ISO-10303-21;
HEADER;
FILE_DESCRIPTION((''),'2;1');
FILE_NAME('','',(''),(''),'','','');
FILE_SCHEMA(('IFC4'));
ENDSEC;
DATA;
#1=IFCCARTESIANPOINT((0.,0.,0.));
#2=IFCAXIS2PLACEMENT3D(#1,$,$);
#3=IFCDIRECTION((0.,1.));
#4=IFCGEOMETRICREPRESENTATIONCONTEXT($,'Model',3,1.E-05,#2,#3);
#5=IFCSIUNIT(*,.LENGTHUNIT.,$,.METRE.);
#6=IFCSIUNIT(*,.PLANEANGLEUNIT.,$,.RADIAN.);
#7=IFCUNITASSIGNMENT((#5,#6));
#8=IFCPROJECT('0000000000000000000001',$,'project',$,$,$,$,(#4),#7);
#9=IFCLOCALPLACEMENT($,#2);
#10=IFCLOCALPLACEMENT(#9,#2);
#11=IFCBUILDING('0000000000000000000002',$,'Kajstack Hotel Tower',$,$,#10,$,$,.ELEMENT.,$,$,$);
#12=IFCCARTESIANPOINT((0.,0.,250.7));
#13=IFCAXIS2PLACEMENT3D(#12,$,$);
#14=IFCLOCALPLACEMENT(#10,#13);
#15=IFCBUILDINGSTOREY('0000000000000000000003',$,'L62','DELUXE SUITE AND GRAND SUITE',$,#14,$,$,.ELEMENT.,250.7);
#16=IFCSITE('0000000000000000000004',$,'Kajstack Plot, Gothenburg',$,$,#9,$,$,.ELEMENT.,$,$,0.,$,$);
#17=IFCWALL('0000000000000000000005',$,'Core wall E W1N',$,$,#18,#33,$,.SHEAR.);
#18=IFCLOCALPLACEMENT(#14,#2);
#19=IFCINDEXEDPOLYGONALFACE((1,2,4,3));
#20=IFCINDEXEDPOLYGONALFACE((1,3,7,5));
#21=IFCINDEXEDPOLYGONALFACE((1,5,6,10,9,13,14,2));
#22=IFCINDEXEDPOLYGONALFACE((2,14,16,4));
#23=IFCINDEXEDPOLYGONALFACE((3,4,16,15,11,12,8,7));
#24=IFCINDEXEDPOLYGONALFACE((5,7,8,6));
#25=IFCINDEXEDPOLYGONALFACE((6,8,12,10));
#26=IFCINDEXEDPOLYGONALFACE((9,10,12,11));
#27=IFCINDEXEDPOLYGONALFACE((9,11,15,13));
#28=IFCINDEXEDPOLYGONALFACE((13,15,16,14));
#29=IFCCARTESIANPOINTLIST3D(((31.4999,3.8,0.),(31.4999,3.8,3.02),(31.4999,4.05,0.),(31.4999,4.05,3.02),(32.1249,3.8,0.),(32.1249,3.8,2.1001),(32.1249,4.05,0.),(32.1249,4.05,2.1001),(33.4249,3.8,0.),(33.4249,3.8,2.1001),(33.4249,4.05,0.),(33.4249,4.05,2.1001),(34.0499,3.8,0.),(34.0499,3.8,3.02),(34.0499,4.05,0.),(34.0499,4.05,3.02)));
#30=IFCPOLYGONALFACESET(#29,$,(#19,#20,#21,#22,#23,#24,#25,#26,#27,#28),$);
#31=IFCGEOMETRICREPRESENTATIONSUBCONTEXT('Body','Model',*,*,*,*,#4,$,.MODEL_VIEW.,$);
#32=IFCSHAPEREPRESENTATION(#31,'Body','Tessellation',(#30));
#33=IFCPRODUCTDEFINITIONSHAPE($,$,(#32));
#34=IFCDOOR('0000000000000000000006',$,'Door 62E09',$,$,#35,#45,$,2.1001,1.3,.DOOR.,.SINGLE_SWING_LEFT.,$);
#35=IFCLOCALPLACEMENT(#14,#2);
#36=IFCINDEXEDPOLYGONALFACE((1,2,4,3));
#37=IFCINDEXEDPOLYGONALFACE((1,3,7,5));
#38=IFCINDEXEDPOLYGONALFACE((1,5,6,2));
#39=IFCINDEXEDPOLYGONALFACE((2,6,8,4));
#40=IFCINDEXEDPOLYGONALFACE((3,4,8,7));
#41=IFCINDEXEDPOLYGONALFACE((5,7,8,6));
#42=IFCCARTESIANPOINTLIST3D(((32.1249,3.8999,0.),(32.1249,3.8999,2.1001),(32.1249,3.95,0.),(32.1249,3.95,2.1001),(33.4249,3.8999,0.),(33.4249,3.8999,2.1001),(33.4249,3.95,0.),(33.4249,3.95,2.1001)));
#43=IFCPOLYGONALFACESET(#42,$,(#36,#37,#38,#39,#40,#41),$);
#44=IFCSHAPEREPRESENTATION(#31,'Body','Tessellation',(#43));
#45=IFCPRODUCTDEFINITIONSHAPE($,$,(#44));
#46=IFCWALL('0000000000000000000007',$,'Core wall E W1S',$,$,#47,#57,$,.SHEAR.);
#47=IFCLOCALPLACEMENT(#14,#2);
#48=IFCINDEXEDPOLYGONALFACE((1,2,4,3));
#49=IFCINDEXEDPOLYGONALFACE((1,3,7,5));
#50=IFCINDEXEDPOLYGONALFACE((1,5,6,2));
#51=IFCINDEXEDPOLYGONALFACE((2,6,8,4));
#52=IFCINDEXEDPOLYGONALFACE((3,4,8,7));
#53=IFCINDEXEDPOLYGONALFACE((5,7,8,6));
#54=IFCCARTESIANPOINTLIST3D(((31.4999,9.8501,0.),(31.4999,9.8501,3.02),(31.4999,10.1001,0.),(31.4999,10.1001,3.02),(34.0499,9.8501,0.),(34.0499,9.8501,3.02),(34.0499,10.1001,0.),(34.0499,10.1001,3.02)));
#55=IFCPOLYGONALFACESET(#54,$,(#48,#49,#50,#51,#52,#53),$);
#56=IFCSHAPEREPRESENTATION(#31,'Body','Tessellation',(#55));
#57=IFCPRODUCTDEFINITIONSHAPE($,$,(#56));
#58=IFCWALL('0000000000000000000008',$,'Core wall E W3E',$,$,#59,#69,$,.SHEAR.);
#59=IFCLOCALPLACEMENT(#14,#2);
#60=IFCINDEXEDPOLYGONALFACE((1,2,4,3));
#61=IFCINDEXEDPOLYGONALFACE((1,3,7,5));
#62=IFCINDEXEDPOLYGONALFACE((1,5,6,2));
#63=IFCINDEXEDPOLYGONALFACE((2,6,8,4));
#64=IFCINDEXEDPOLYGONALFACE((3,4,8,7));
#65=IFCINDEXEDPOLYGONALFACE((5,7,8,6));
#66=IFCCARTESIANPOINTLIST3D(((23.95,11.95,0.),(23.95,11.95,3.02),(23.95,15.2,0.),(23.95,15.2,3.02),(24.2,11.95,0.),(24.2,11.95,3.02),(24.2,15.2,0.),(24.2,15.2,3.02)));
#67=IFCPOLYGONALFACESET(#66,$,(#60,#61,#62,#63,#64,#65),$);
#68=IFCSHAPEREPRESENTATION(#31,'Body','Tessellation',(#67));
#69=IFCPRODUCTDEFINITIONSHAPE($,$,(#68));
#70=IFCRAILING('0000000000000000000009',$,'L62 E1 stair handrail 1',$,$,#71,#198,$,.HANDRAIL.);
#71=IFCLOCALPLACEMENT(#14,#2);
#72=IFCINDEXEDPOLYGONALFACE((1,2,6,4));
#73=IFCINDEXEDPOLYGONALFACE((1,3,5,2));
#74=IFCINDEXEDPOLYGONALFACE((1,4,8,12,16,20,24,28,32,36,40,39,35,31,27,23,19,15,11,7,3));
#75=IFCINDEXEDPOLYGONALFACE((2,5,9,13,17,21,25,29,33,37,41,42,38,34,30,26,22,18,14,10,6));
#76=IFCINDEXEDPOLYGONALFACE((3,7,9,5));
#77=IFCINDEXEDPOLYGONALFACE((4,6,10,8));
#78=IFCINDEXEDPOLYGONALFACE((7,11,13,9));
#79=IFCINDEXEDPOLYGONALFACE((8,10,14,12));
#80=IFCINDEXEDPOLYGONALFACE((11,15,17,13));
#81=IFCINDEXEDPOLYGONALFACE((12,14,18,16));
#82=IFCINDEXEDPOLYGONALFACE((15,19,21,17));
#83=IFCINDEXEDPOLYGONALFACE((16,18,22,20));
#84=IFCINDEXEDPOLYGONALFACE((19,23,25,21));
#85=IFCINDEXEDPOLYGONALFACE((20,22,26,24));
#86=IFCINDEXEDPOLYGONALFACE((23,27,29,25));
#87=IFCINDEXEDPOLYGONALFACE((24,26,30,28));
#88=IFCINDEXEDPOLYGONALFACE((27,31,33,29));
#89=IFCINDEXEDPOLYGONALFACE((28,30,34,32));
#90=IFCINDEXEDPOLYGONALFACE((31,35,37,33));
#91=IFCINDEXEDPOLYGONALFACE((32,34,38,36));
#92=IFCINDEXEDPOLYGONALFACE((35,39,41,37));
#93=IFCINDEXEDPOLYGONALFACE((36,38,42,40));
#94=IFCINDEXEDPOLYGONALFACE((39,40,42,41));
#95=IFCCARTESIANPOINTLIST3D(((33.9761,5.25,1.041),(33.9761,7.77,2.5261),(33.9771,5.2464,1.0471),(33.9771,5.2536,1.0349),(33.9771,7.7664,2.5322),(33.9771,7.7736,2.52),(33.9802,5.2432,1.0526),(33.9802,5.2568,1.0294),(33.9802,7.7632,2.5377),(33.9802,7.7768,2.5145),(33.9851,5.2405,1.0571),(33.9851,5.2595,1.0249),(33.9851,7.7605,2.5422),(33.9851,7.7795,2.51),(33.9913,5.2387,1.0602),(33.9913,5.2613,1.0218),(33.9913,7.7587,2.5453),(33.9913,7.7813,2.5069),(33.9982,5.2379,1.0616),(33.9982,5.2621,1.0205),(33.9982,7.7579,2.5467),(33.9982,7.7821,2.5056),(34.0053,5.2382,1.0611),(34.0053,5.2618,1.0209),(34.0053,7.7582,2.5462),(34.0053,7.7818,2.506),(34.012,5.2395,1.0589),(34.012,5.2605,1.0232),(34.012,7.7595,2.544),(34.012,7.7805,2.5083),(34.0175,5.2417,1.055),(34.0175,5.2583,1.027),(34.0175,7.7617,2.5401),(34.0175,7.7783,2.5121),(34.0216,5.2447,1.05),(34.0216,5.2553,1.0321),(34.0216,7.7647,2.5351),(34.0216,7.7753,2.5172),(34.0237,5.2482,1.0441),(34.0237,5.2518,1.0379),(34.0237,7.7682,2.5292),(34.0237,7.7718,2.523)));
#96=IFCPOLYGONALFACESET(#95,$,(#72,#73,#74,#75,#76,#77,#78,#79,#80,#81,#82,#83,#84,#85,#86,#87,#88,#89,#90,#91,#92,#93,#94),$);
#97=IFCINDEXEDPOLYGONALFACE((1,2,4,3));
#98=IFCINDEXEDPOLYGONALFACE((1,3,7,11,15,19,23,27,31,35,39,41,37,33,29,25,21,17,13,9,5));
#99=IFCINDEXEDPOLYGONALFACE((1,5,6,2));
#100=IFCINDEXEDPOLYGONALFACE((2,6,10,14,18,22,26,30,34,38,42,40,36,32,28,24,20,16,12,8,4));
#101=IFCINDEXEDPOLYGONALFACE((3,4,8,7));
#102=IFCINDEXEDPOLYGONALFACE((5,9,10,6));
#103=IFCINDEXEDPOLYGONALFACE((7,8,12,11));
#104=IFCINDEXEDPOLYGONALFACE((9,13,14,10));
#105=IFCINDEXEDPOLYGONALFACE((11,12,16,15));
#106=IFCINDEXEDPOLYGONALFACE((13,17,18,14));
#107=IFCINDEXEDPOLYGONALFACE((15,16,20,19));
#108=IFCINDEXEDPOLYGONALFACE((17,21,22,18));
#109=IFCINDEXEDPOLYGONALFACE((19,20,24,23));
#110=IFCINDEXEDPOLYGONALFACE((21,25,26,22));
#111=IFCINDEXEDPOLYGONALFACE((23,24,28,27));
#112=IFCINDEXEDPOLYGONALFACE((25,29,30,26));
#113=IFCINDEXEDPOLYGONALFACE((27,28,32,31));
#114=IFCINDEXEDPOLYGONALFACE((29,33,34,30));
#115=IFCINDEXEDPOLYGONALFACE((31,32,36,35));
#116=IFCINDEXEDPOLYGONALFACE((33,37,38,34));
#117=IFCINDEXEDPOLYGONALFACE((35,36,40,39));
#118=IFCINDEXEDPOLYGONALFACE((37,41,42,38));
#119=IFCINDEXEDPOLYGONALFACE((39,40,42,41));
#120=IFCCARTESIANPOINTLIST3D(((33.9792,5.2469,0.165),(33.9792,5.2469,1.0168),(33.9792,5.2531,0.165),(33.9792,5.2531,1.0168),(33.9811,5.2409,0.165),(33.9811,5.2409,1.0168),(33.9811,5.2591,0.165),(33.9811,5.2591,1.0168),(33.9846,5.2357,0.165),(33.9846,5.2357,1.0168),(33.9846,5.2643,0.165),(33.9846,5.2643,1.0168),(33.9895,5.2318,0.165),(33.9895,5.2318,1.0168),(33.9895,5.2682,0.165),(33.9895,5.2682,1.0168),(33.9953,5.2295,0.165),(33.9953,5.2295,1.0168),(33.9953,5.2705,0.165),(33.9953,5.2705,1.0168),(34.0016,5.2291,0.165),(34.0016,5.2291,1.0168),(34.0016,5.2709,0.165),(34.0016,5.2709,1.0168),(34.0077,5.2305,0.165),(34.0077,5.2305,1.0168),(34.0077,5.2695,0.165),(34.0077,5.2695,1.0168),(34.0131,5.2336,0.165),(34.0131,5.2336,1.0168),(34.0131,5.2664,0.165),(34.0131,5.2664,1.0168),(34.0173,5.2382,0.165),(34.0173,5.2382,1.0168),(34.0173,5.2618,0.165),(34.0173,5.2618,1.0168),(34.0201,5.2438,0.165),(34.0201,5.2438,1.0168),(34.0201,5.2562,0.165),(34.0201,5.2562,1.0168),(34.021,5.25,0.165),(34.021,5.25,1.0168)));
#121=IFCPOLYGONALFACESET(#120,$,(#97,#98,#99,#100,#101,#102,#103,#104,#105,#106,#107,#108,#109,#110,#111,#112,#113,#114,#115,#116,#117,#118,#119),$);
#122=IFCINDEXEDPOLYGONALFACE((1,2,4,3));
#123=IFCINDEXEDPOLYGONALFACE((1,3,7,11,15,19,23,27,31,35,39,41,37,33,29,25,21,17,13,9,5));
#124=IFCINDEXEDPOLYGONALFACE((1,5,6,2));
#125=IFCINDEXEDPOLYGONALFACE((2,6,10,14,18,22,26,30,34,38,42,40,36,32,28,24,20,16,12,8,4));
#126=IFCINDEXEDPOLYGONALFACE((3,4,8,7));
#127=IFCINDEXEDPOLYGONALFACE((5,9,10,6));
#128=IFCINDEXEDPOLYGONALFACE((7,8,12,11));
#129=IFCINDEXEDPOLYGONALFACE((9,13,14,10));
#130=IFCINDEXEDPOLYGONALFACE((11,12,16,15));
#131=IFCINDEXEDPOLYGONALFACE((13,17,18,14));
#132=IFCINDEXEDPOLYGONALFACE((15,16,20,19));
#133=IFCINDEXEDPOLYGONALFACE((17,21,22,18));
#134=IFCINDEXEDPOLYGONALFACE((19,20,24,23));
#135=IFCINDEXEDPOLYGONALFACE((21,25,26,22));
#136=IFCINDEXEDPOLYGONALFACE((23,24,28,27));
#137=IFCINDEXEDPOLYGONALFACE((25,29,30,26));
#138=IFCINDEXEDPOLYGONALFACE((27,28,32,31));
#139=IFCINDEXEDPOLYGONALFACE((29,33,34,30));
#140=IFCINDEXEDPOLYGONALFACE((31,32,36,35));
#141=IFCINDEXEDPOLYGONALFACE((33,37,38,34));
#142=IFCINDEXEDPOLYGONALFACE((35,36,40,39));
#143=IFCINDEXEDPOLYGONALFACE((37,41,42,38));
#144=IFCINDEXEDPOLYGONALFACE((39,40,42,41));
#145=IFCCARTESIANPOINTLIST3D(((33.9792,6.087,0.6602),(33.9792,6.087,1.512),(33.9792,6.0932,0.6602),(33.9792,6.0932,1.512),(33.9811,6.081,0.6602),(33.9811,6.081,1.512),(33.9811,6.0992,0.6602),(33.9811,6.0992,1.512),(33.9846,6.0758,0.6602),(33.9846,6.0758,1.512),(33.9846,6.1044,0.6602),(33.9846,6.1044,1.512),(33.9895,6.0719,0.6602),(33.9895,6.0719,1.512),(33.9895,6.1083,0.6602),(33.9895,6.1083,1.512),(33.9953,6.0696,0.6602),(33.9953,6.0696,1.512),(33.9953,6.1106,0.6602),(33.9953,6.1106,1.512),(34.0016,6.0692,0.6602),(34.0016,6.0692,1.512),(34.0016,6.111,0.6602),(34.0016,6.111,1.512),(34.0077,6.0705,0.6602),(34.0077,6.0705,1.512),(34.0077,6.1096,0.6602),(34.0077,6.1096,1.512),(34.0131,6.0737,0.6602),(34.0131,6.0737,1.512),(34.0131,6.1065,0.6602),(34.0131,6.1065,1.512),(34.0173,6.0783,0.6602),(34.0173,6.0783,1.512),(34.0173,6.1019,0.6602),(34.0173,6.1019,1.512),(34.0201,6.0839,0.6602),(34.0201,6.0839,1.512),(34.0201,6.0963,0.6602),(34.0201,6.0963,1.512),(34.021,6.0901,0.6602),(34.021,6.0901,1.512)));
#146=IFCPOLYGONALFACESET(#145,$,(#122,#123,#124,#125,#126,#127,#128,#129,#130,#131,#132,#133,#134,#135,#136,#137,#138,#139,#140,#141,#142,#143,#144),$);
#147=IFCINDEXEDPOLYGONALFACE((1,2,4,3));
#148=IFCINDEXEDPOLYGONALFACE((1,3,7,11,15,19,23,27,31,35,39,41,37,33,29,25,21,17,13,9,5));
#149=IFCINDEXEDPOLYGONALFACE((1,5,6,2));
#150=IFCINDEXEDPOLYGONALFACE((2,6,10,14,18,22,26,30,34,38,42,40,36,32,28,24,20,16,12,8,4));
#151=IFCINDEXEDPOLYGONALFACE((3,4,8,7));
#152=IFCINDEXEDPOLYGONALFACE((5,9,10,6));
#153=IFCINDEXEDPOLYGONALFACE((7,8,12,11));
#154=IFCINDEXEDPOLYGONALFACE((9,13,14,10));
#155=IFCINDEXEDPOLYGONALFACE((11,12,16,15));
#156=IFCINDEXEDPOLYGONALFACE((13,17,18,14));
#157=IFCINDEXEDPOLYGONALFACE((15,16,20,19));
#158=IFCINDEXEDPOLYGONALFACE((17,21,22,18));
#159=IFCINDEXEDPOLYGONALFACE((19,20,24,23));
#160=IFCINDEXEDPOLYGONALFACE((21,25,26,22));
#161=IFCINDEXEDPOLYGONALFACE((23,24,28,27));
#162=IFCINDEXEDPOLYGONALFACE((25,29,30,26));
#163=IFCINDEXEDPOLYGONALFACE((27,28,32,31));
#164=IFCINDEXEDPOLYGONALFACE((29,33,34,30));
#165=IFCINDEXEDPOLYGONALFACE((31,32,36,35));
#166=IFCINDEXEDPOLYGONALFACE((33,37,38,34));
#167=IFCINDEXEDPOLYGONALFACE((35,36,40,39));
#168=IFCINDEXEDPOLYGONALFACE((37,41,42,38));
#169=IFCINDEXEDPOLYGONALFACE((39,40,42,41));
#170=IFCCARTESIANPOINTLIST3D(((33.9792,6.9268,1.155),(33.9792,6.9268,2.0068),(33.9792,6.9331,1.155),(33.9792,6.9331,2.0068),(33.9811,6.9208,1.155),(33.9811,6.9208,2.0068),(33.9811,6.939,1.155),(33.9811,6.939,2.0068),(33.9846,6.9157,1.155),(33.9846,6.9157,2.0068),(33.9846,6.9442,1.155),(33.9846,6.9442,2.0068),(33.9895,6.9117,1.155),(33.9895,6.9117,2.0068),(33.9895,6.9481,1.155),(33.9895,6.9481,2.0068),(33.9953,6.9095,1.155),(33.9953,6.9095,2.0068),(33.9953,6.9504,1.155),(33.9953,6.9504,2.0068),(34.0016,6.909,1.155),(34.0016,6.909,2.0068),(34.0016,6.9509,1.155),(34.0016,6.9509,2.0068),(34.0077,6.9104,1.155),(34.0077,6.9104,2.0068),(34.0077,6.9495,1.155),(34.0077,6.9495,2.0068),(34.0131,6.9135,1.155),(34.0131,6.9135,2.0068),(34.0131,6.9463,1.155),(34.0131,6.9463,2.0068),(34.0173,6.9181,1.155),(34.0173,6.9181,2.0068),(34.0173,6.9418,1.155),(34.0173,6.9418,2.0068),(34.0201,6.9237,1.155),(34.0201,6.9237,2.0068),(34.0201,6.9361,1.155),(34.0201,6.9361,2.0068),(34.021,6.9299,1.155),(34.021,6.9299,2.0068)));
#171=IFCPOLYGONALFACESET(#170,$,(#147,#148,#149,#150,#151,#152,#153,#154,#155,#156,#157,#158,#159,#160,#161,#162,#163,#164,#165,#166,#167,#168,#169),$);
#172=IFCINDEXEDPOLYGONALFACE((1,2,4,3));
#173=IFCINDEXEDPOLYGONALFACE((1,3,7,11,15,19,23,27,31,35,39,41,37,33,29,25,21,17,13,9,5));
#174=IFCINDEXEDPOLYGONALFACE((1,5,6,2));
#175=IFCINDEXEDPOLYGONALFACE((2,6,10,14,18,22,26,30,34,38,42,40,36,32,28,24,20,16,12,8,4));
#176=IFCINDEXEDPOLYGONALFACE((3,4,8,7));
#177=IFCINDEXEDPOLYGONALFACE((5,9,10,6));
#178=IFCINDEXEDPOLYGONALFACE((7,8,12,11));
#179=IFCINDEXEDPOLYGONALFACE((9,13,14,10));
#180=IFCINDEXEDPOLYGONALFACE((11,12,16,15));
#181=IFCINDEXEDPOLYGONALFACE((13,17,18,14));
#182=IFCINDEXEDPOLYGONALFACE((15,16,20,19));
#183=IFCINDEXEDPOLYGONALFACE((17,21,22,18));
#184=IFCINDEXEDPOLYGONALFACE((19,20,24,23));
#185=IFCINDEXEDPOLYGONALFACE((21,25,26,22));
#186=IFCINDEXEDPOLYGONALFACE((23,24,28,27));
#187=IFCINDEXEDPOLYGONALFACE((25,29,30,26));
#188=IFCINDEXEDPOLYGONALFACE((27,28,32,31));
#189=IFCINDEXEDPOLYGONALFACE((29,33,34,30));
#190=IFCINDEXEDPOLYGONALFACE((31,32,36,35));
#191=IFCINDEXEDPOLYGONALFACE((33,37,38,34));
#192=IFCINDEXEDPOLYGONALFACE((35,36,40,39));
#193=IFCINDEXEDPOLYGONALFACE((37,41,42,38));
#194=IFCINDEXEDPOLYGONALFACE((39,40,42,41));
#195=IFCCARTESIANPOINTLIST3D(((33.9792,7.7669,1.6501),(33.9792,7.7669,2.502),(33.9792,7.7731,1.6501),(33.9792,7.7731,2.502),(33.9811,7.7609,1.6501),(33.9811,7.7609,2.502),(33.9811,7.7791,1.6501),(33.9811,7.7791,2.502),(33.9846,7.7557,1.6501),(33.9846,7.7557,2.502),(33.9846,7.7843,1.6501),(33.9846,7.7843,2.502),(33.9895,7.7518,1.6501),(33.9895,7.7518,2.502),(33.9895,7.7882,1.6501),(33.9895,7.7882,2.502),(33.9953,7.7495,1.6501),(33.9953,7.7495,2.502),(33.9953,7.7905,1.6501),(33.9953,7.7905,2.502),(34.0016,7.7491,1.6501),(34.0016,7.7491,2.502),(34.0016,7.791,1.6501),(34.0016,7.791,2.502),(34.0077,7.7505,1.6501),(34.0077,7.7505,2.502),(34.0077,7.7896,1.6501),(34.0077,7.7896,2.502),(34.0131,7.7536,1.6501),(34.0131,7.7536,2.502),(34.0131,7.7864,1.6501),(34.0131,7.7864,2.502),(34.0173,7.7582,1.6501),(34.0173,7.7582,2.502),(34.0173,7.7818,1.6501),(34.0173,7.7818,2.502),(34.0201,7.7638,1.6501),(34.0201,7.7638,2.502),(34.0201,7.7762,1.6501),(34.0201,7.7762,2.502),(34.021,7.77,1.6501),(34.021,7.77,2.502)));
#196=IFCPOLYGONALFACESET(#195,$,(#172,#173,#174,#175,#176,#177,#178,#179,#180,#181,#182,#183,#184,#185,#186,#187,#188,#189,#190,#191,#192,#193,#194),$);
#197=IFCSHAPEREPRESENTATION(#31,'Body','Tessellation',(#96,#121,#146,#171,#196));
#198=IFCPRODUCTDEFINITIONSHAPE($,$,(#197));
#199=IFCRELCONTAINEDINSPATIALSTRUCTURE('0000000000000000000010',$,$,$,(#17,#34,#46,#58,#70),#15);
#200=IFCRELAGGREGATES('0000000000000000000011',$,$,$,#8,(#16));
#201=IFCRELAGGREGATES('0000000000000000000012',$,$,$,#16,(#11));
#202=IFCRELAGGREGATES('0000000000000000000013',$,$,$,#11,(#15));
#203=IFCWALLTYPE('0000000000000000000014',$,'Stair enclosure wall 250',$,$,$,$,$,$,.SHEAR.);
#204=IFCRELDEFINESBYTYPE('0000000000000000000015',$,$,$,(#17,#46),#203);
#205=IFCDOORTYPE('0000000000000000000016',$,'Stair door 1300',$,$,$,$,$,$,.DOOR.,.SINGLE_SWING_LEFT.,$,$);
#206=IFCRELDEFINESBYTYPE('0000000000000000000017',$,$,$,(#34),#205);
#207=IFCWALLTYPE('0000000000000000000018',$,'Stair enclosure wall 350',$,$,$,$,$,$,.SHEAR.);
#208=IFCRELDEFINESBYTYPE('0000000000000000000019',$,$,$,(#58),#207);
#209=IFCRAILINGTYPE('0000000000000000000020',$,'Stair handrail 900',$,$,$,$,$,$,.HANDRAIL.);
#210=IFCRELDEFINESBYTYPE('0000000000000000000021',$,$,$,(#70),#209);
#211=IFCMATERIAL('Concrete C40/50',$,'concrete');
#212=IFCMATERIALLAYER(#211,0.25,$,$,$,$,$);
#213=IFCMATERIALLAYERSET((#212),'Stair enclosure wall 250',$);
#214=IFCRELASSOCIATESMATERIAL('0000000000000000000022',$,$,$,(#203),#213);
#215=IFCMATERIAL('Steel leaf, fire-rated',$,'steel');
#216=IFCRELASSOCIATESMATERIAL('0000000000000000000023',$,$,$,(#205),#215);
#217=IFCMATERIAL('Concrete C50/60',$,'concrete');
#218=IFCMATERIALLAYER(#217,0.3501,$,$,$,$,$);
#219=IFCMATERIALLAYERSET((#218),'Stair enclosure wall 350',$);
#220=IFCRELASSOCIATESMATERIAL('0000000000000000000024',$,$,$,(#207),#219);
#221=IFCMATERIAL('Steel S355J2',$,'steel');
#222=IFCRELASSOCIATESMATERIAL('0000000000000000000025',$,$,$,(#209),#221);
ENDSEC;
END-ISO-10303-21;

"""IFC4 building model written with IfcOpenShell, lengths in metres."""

from ifc_helpers import new_model, si_unit, direction, frame, frame_2d, origin, origin_2d, place, context, subcontext, project, spatial, rectangle, circle, extrude, material, layer, layer_set, type_object, element, fill, save


model = new_model("IFC4")

# Units and contexts
model_context = context("Model", 3, precision=1e-05, world=origin(), true_north=direction((0.0, 1.0)))
body_context = subcontext(model_context, "Body", "Model", "MODEL_VIEW")
ifc_project = project(units=[si_unit("LENGTHUNIT", "METRE"), si_unit("PLANEANGLEUNIT", "RADIAN")], contexts=[model_context])

# Site, building, storey
site_placement = place(None, origin())
site = spatial("IfcSite", under=ifc_project, at=site_placement, Name="Kajstack Plot, Gothenburg", CompositionType="ELEMENT", RefElevation=0.0)
building_placement = place(site_placement, origin())
building = spatial("IfcBuilding", under=site, at=building_placement, Name="Kajstack Hotel Tower", CompositionType="ELEMENT")
storey_placement = place(building_placement, frame((0.0, 0.0, 250.7)))
storey = spatial("IfcBuildingStorey", under=building, at=storey_placement, Name="L62", Description="DELUXE SUITE AND GRAND SUITE", CompositionType="ELEMENT", Elevation=250.7)

# Shared definitions
ifc_material_1 = material(Name="Concrete C40/50", Category="concrete")
ifc_material_2 = material(Name="Concrete C50/60", Category="concrete")

# Wall, opening, door
ifc_layer_1 = layer(ifc_material_1, 0.25)
ifc_layer_set_1 = layer_set([ifc_layer_1], Name="Stair enclosure wall 250")
wall_type_1 = type_object("IfcWallType", Name="Stair enclosure wall 250", PredefinedType="SHEAR", material=ifc_layer_set_1)
wall_1_placement = place(storey_placement, frame((31.5, 3.925, 0.0), z_axis=(0.0, 0.0, 1.0), x_axis=(1.0, 0.0, 0.0)))
wall_1 = element("IfcWall", 1, at=wall_1_placement, inside=storey, type_object=wall_type_1, Name="Core wall E W1N", PredefinedType="SHEAR", context=body_context, shape_type="SweptSolid", body=[
    extrude(rectangle(XDim=2.55, YDim=0.25, at=frame_2d((1.2749, 0.0))), origin(), (0.0, 0.0, 1.0), 3.02),
])
opening_1_placement = place(wall_1_placement, frame((0.625, 0.0, 0.0)))
opening_1 = element("IfcOpeningElement", 2, at=opening_1_placement, cuts=wall_1, PredefinedType="OPENING", context=body_context, shape_type="SweptSolid", body=[
    extrude(rectangle(XDim=1.3, YDim=2.1001, at=frame_2d((0.6499, 1.05))), frame((0.0, 0.135, 0.0), z_axis=(0.0, -1.0, 0.0), x_axis=(1.0, 0.0, 0.0)), (0.0, 0.0, 1.0), 0.27),
])
ifc_material_3 = material(Name="Steel leaf, fire-rated", Category="steel")
door_type_1 = type_object("IfcDoorType", Name="Stair door 1300", OperationType="SINGLE_SWING_LEFT", PredefinedType="DOOR", material=ifc_material_3)
door_1_placement = place(opening_1_placement, origin())
door_1 = element("IfcDoor", 3, at=door_1_placement, inside=storey, type_object=door_type_1, Name="Door 62E09", OperationType="SINGLE_SWING_LEFT", OverallHeight=2.1001, OverallWidth=1.3, PredefinedType="DOOR", context=body_context, shape_type="SweptSolid", body=[
    extrude(rectangle(XDim=1.3, YDim=2.1001, at=frame_2d((0.6499, 1.05))), frame((0.0, 0.0249, 0.0), z_axis=(0.0, -1.0, 0.0), x_axis=(1.0, 0.0, 0.0)), (0.0, 0.0, 1.0), 0.05),
])
fill(opening_1, door_1)

# Walls
wall_2_placement = place(storey_placement, frame((31.5, 9.9751, 0.0), z_axis=(0.0, 0.0, 1.0), x_axis=(1.0, 0.0, 0.0)))
element("IfcWall", 4, at=wall_2_placement, inside=storey, type_object=wall_type_1, Name="Core wall E W1S", PredefinedType="SHEAR", context=body_context, shape_type="SweptSolid", body=[
    extrude(rectangle(XDim=2.55, YDim=0.25, at=frame_2d((1.2749, 0.0))), origin(), (0.0, 0.0, 1.0), 3.02),
])
ifc_layer_2 = layer(ifc_material_2, 0.3501)
ifc_layer_set_2 = layer_set([ifc_layer_2], Name="Stair enclosure wall 350")
wall_type_2 = type_object("IfcWallType", Name="Stair enclosure wall 350", PredefinedType="SHEAR", material=ifc_layer_set_2)
wall_3_placement = place(storey_placement, frame((24.075, 11.95, 0.0), z_axis=(0.0, 0.0, 1.0), x_axis=(0.0, 1.0, 0.0)))
element("IfcWall", 5, at=wall_3_placement, inside=storey, type_object=wall_type_2, Name="Core wall E W3E", PredefinedType="SHEAR", context=body_context, shape_type="SweptSolid", body=[
    extrude(rectangle(XDim=3.25, YDim=0.25, at=frame_2d((1.625, 0.0))), origin(), (0.0, 0.0, 1.0), 3.02),
])

# Railing
ifc_material_4 = material(Name="Steel S355J2", Category="steel")
railing_type_1 = type_object("IfcRailingType", Name="Stair handrail 900", PredefinedType="HANDRAIL", material=ifc_material_4)
railing_1_placement = place(storey_placement, frame((34.0, 5.25, 0.165)))
element("IfcRailing", 6, at=railing_1_placement, inside=storey, type_object=railing_type_1, Name="L62 E1 stair handrail 1", PredefinedType="HANDRAIL", context=body_context, shape_type="SweptSolid", body=[
    extrude(circle(Radius=0.0239, at=origin_2d()), frame((0.0, 0.0, 0.876), z_axis=(0.0, 0.861524, 0.507717), x_axis=(-1.0, 0.0, 0.0)), (0.0, 0.0, 1.0), 2.925),
    extrude(circle(Radius=0.021, at=origin_2d()), origin(), (0.0, 0.0, 1.0), 0.8518),
    extrude(circle(Radius=0.021, at=origin_2d()), frame((0.0, 0.8401, 0.4951)), (0.0, 0.0, 1.0), 0.8518),
    extrude(circle(Radius=0.021, at=origin_2d()), frame((0.0, 1.6799, 0.99)), (0.0, 0.0, 1.0), 0.8518),
    extrude(circle(Radius=0.021, at=origin_2d()), frame((0.0, 2.52, 1.4851)), (0.0, 0.0, 1.0), 0.8518),
])

save(model, "model.ifc")
